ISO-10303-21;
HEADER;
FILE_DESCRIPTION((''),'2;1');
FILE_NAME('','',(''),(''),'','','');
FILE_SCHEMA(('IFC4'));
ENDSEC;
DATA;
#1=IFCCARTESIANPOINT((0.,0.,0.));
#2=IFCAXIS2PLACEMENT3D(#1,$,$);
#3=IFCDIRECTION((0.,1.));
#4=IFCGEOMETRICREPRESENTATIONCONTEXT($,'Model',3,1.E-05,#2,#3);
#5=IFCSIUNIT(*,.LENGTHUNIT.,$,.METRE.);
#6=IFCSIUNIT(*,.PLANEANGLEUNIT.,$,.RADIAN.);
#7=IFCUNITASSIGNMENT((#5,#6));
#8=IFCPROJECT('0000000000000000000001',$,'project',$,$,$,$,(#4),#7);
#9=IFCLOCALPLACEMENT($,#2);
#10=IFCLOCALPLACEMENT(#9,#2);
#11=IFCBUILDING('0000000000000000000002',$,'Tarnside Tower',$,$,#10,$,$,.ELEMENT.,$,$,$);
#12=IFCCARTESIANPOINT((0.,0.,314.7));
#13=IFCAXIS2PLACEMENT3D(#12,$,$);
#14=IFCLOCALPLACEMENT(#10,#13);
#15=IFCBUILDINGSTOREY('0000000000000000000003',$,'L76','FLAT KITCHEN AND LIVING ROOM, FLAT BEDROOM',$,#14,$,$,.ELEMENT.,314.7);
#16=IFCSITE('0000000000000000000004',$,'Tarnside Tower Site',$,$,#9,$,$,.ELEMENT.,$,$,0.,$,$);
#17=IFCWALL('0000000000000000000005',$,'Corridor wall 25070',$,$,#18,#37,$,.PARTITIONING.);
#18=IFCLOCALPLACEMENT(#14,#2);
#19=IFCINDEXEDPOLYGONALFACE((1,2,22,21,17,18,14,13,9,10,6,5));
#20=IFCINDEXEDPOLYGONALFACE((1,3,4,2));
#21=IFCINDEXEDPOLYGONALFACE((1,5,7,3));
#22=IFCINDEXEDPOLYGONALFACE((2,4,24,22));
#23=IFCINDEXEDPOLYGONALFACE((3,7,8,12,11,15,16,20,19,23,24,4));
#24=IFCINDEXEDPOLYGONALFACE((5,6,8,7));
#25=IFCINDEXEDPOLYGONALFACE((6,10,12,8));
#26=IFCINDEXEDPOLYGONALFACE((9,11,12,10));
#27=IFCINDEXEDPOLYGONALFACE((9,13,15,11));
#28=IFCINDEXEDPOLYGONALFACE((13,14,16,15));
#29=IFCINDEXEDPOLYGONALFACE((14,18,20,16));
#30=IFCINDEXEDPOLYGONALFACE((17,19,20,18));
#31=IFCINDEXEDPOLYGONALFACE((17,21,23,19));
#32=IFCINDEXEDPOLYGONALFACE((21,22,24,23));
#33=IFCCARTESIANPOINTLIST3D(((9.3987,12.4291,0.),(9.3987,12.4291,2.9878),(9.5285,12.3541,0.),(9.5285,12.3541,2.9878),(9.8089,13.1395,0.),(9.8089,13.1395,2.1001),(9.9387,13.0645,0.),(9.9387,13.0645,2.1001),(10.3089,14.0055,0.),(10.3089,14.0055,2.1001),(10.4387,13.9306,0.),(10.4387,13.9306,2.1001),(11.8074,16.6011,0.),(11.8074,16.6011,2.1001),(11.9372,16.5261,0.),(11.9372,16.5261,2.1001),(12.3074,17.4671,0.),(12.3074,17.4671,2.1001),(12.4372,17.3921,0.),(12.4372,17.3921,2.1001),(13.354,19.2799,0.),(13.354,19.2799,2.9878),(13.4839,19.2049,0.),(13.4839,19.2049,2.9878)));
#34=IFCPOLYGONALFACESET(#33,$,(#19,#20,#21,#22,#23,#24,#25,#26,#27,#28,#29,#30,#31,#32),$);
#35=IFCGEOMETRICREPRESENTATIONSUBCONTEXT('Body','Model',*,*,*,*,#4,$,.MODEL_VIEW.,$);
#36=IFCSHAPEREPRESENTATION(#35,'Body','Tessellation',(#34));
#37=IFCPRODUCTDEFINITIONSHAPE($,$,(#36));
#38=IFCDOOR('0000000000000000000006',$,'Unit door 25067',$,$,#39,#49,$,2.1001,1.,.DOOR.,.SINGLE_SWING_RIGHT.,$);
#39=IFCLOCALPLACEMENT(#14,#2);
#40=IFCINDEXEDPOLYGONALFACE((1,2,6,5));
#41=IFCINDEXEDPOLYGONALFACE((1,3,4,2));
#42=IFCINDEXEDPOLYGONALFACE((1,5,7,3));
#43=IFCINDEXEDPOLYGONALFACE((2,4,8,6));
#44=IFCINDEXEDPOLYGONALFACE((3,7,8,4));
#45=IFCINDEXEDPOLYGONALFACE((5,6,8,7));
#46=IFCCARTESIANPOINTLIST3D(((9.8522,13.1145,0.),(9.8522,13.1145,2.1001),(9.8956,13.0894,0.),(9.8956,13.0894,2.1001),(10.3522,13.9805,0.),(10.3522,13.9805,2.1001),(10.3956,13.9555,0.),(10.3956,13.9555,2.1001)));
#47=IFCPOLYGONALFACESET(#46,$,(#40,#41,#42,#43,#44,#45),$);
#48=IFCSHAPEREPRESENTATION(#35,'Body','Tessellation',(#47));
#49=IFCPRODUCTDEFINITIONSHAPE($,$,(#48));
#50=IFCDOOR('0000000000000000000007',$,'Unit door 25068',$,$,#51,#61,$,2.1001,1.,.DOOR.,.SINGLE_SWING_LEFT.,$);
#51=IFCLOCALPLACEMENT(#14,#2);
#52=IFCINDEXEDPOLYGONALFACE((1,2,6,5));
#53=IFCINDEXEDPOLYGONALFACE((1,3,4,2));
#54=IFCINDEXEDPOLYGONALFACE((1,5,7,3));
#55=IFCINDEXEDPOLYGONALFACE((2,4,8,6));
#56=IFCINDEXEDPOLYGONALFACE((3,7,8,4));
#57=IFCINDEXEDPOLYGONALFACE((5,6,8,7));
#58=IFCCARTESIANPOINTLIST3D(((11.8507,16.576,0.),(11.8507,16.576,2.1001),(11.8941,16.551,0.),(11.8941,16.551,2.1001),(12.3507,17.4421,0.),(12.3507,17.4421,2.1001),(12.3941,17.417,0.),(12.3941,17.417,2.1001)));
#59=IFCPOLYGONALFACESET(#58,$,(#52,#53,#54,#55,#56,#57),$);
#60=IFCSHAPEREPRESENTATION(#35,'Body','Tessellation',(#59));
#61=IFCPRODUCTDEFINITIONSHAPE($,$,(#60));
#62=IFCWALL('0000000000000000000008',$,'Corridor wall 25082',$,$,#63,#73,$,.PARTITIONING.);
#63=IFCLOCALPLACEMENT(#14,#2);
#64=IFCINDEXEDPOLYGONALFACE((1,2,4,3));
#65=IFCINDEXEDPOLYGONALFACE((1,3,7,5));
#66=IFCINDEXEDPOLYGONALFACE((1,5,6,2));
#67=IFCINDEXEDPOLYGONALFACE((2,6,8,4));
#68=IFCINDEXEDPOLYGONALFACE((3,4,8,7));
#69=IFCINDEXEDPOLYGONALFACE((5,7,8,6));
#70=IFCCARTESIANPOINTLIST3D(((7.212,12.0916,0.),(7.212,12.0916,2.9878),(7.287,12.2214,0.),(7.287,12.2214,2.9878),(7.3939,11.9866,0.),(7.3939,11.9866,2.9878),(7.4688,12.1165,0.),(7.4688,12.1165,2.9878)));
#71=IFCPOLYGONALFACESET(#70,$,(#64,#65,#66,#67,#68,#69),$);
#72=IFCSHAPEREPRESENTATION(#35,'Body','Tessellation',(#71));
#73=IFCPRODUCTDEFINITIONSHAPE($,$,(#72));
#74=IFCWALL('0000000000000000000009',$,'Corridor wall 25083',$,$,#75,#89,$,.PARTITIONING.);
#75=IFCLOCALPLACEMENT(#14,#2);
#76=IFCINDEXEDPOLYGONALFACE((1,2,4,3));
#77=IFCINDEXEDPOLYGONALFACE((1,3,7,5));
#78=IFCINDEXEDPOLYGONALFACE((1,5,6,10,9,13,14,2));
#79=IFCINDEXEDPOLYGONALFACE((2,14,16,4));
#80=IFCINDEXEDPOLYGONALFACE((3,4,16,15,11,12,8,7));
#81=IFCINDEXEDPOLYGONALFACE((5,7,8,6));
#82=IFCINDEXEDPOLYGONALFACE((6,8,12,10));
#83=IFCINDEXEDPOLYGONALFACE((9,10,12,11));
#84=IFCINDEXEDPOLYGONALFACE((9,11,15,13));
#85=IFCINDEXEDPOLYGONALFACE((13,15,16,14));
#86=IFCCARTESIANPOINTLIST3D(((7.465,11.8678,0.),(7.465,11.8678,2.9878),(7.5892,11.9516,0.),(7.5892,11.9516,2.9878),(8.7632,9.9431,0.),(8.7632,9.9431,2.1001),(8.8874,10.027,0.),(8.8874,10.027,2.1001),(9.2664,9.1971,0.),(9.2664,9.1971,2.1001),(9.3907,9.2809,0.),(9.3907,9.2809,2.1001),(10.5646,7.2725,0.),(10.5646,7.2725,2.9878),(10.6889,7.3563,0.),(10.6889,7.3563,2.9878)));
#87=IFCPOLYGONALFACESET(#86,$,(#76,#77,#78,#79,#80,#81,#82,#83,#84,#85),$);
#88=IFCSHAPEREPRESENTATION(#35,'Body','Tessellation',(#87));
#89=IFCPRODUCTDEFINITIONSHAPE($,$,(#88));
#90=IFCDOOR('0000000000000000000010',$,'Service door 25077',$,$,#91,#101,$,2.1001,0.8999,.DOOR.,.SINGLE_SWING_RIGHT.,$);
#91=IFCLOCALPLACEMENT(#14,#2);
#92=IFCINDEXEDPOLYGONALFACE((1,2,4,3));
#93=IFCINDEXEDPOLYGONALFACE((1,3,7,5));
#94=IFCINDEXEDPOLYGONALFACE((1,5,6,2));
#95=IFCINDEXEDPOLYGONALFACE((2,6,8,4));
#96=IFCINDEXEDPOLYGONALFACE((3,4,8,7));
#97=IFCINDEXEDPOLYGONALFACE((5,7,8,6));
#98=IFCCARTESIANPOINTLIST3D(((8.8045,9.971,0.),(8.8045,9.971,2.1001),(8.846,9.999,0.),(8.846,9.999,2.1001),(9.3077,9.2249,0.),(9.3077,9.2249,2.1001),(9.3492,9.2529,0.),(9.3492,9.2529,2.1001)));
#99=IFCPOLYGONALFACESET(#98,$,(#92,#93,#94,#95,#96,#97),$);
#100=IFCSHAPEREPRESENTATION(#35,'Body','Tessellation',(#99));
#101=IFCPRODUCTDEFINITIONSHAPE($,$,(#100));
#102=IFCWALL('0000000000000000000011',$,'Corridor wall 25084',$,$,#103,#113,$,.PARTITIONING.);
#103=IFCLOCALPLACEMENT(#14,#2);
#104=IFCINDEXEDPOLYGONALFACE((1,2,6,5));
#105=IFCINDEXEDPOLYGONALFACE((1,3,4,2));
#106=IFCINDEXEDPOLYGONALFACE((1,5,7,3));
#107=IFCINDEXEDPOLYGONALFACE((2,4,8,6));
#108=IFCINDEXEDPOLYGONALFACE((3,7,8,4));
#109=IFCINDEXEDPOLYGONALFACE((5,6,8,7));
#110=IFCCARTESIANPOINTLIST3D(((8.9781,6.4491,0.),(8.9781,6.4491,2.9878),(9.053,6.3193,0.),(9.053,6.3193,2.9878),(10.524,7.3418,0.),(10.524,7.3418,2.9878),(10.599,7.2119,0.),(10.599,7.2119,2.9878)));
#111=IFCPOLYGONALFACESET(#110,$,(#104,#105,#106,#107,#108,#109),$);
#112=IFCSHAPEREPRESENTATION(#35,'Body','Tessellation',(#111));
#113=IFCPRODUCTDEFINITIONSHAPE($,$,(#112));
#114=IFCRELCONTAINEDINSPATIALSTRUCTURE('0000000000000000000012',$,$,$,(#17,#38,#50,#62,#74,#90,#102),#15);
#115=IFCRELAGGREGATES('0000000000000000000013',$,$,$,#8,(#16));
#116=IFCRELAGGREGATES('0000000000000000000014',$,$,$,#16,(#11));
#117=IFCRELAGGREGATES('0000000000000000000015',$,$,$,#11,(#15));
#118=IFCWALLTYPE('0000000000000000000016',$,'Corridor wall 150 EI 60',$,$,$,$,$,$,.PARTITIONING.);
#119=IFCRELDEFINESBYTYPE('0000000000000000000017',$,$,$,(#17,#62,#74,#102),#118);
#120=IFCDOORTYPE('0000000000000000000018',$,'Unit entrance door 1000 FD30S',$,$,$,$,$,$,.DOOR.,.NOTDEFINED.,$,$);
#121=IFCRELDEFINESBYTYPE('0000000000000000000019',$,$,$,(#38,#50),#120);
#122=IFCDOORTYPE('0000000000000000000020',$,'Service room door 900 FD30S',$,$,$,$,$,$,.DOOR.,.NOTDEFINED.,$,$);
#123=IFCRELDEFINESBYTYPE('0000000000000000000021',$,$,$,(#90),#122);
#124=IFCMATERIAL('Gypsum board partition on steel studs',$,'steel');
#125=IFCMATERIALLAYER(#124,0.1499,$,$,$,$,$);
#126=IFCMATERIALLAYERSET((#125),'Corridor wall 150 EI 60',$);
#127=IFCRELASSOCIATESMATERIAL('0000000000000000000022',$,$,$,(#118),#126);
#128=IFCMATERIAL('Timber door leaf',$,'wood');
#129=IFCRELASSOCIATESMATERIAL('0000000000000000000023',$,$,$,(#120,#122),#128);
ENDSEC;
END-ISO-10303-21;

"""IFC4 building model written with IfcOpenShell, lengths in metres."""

from ifc_helpers import new_model, si_unit, direction, frame, frame_2d, origin, place, context, subcontext, project, spatial, rectangle, extrude, material, layer, layer_set, type_object, element, fill, save


model = new_model("IFC4")

# Units and contexts
model_context = context("Model", 3, precision=1e-05, world=origin(), true_north=direction((0.0, 1.0)))
body_context = subcontext(model_context, "Body", "Model", "MODEL_VIEW")
ifc_project = project(units=[si_unit("LENGTHUNIT", "METRE"), si_unit("PLANEANGLEUNIT", "RADIAN")], contexts=[model_context])

# Site, building, storey
site_placement = place(None, origin())
site = spatial("IfcSite", under=ifc_project, at=site_placement, Name="Tarnside Tower Site", CompositionType="ELEMENT", RefElevation=0.0)
building_placement = place(site_placement, origin())
building = spatial("IfcBuilding", under=site, at=building_placement, Name="Tarnside Tower", CompositionType="ELEMENT")
storey_placement = place(building_placement, frame((0.0, 0.0, 314.7)))
storey = spatial("IfcBuildingStorey", under=building, at=storey_placement, Name="L76", Description="FLAT KITCHEN AND LIVING ROOM, FLAT BEDROOM", CompositionType="ELEMENT", Elevation=314.7)

# Shared definitions
ifc_material_1 = material(Name="Gypsum board partition on steel studs", Category="steel")

# Shared definitions
ifc_layer_1 = layer(ifc_material_1, 0.1499)
ifc_layer_set_1 = layer_set([ifc_layer_1], Name="Corridor wall 150 EI 60")
wall_type_1 = type_object("IfcWallType", Name="Corridor wall 150 EI 60", PredefinedType="PARTITIONING", material=ifc_layer_set_1)
ifc_material_2 = material(Name="Timber door leaf", Category="wood")
door_type_1 = type_object("IfcDoorType", Name="Unit entrance door 1000 FD30S", OperationType="NOTDEFINED", PredefinedType="DOOR", material=ifc_material_2)

# Wall, openings, doors
wall_1_placement = place(storey_placement, frame((9.4636, 12.3916, 0.0), z_axis=(0.0, 0.0, 1.0), x_axis=(0.499999, 0.866026, 0.0)))
wall_1 = element("IfcWall", 1, at=wall_1_placement, inside=storey, type_object=wall_type_1, Name="Corridor wall 25070", PredefinedType="PARTITIONING", context=body_context, shape_type="SweptSolid", body=[
    extrude(rectangle(XDim=7.9106, YDim=0.1499, at=frame_2d((3.9553, 0.0))), origin(), (0.0, 0.0, 1.0), 2.9878),
])
opening_1_placement = place(wall_1_placement, frame((0.8203, 0.0, 0.0)))
opening_1 = element("IfcOpeningElement", 2, at=opening_1_placement, cuts=wall_1, PredefinedType="OPENING", context=body_context, shape_type="SweptSolid", body=[
    extrude(rectangle(XDim=1.0, YDim=2.1001, at=frame_2d((0.5, 1.05))), frame((0.0, 0.085, 0.0), z_axis=(0.0, -1.0, 0.0), x_axis=(1.0, 0.0, 0.0)), (0.0, 0.0, 1.0), 0.1699),
])
opening_2_placement = place(wall_1_placement, frame((4.8174, 0.0, 0.0)))
opening_2 = element("IfcOpeningElement", 3, at=opening_2_placement, cuts=wall_1, PredefinedType="OPENING", context=body_context, shape_type="SweptSolid", body=[
    extrude(rectangle(XDim=1.0, YDim=2.1001, at=frame_2d((0.5, 1.05))), frame((0.0, 0.085, 0.0), z_axis=(0.0, -1.0, 0.0), x_axis=(1.0, 0.0, 0.0)), (0.0, 0.0, 1.0), 0.1699),
])
door_1_placement = place(opening_1_placement, origin())
door_1 = element("IfcDoor", 4, at=door_1_placement, inside=storey, type_object=door_type_1, Name="Unit door 25067", OperationType="SINGLE_SWING_RIGHT", OverallHeight=2.1001, OverallWidth=1.0, PredefinedType="DOOR", context=body_context, shape_type="SweptSolid", body=[
    extrude(rectangle(XDim=1.0, YDim=2.1001, at=frame_2d((0.5, 1.05))), frame((0.0, 0.0249, 0.0), z_axis=(0.0, -1.0, 0.0), x_axis=(1.0, 0.0, 0.0)), (0.0, 0.0, 1.0), 0.05),
])
fill(opening_1, door_1)
door_2_placement = place(opening_2_placement, origin())
door_2 = element("IfcDoor", 5, at=door_2_placement, inside=storey, type_object=door_type_1, Name="Unit door 25068", OperationType="SINGLE_SWING_LEFT", OverallHeight=2.1001, OverallWidth=1.0, PredefinedType="DOOR", context=body_context, shape_type="SweptSolid", body=[
    extrude(rectangle(XDim=1.0, YDim=2.1001, at=frame_2d((0.5, 1.05))), frame((0.0, 0.0249, 0.0), z_axis=(0.0, -1.0, 0.0), x_axis=(1.0, 0.0, 0.0)), (0.0, 0.0, 1.0), 0.05),
])
fill(opening_2, door_2)

# Wall
wall_2_placement = place(storey_placement, frame((7.2495, 12.1565, 0.0), z_axis=(0.0, 0.0, 1.0), x_axis=(0.866089, -0.49989, 0.0)))
element("IfcWall", 6, at=wall_2_placement, inside=storey, type_object=wall_type_1, Name="Corridor wall 25082", PredefinedType="PARTITIONING", context=body_context, shape_type="SweptSolid", body=[
    extrude(rectangle(XDim=0.21, YDim=0.1499, at=frame_2d((0.105, 0.0))), origin(), (0.0, 0.0, 1.0), 2.9878),
])

# Wall, opening, door
wall_3_placement = place(storey_placement, frame((7.5271, 11.9097, 0.0), z_axis=(0.0, 0.0, 1.0), x_axis=(0.559205, -0.829029, 0.0)))
wall_3 = element("IfcWall", 7, at=wall_3_placement, inside=storey, type_object=wall_type_1, Name="Corridor wall 25083", PredefinedType="PARTITIONING", context=body_context, shape_type="SweptSolid", body=[
    extrude(rectangle(XDim=5.543, YDim=0.1499, at=frame_2d((2.7715, 0.0))), origin(), (0.0, 0.0, 1.0), 2.9878),
])
opening_3_placement = place(wall_3_placement, frame((2.3215, 0.0, 0.0)))
opening_3 = element("IfcOpeningElement", 8, at=opening_3_placement, cuts=wall_3, PredefinedType="OPENING", context=body_context, shape_type="SweptSolid", body=[
    extrude(rectangle(XDim=0.8999, YDim=2.1001, at=frame_2d((0.45, 1.05))), frame((0.0, 0.085, 0.0), z_axis=(0.0, -1.0, 0.0), x_axis=(1.0, 0.0, 0.0)), (0.0, 0.0, 1.0), 0.1699),
])
door_type_2 = type_object("IfcDoorType", Name="Service room door 900 FD30S", OperationType="NOTDEFINED", PredefinedType="DOOR", material=ifc_material_2)
door_3_placement = place(opening_3_placement, origin())
door_3 = element("IfcDoor", 9, at=door_3_placement, inside=storey, type_object=door_type_2, Name="Service door 25077", OperationType="SINGLE_SWING_RIGHT", OverallHeight=2.1001, OverallWidth=0.8999, PredefinedType="DOOR", context=body_context, shape_type="SweptSolid", body=[
    extrude(rectangle(XDim=0.8999, YDim=2.1001, at=frame_2d((0.45, 1.05))), frame((0.0, 0.0249, 0.0), z_axis=(0.0, -1.0, 0.0), x_axis=(1.0, 0.0, 0.0)), (0.0, 0.0, 1.0), 0.05),
])
fill(opening_3, door_3)

# Wall
wall_4_placement = place(storey_placement, frame((10.5615, 7.2769, 0.0), z_axis=(0.0, 0.0, 1.0), x_axis=(-0.866012, -0.500022, 0.0)))
element("IfcWall", 10, at=wall_4_placement, inside=storey, type_object=wall_type_1, Name="Corridor wall 25084", PredefinedType="PARTITIONING", context=body_context, shape_type="SweptSolid", body=[
    extrude(rectangle(XDim=1.7852, YDim=0.1499, at=frame_2d((0.8926, 0.0))), origin(), (0.0, 0.0, 1.0), 2.9878),
])

save(model, "model.ifc")
